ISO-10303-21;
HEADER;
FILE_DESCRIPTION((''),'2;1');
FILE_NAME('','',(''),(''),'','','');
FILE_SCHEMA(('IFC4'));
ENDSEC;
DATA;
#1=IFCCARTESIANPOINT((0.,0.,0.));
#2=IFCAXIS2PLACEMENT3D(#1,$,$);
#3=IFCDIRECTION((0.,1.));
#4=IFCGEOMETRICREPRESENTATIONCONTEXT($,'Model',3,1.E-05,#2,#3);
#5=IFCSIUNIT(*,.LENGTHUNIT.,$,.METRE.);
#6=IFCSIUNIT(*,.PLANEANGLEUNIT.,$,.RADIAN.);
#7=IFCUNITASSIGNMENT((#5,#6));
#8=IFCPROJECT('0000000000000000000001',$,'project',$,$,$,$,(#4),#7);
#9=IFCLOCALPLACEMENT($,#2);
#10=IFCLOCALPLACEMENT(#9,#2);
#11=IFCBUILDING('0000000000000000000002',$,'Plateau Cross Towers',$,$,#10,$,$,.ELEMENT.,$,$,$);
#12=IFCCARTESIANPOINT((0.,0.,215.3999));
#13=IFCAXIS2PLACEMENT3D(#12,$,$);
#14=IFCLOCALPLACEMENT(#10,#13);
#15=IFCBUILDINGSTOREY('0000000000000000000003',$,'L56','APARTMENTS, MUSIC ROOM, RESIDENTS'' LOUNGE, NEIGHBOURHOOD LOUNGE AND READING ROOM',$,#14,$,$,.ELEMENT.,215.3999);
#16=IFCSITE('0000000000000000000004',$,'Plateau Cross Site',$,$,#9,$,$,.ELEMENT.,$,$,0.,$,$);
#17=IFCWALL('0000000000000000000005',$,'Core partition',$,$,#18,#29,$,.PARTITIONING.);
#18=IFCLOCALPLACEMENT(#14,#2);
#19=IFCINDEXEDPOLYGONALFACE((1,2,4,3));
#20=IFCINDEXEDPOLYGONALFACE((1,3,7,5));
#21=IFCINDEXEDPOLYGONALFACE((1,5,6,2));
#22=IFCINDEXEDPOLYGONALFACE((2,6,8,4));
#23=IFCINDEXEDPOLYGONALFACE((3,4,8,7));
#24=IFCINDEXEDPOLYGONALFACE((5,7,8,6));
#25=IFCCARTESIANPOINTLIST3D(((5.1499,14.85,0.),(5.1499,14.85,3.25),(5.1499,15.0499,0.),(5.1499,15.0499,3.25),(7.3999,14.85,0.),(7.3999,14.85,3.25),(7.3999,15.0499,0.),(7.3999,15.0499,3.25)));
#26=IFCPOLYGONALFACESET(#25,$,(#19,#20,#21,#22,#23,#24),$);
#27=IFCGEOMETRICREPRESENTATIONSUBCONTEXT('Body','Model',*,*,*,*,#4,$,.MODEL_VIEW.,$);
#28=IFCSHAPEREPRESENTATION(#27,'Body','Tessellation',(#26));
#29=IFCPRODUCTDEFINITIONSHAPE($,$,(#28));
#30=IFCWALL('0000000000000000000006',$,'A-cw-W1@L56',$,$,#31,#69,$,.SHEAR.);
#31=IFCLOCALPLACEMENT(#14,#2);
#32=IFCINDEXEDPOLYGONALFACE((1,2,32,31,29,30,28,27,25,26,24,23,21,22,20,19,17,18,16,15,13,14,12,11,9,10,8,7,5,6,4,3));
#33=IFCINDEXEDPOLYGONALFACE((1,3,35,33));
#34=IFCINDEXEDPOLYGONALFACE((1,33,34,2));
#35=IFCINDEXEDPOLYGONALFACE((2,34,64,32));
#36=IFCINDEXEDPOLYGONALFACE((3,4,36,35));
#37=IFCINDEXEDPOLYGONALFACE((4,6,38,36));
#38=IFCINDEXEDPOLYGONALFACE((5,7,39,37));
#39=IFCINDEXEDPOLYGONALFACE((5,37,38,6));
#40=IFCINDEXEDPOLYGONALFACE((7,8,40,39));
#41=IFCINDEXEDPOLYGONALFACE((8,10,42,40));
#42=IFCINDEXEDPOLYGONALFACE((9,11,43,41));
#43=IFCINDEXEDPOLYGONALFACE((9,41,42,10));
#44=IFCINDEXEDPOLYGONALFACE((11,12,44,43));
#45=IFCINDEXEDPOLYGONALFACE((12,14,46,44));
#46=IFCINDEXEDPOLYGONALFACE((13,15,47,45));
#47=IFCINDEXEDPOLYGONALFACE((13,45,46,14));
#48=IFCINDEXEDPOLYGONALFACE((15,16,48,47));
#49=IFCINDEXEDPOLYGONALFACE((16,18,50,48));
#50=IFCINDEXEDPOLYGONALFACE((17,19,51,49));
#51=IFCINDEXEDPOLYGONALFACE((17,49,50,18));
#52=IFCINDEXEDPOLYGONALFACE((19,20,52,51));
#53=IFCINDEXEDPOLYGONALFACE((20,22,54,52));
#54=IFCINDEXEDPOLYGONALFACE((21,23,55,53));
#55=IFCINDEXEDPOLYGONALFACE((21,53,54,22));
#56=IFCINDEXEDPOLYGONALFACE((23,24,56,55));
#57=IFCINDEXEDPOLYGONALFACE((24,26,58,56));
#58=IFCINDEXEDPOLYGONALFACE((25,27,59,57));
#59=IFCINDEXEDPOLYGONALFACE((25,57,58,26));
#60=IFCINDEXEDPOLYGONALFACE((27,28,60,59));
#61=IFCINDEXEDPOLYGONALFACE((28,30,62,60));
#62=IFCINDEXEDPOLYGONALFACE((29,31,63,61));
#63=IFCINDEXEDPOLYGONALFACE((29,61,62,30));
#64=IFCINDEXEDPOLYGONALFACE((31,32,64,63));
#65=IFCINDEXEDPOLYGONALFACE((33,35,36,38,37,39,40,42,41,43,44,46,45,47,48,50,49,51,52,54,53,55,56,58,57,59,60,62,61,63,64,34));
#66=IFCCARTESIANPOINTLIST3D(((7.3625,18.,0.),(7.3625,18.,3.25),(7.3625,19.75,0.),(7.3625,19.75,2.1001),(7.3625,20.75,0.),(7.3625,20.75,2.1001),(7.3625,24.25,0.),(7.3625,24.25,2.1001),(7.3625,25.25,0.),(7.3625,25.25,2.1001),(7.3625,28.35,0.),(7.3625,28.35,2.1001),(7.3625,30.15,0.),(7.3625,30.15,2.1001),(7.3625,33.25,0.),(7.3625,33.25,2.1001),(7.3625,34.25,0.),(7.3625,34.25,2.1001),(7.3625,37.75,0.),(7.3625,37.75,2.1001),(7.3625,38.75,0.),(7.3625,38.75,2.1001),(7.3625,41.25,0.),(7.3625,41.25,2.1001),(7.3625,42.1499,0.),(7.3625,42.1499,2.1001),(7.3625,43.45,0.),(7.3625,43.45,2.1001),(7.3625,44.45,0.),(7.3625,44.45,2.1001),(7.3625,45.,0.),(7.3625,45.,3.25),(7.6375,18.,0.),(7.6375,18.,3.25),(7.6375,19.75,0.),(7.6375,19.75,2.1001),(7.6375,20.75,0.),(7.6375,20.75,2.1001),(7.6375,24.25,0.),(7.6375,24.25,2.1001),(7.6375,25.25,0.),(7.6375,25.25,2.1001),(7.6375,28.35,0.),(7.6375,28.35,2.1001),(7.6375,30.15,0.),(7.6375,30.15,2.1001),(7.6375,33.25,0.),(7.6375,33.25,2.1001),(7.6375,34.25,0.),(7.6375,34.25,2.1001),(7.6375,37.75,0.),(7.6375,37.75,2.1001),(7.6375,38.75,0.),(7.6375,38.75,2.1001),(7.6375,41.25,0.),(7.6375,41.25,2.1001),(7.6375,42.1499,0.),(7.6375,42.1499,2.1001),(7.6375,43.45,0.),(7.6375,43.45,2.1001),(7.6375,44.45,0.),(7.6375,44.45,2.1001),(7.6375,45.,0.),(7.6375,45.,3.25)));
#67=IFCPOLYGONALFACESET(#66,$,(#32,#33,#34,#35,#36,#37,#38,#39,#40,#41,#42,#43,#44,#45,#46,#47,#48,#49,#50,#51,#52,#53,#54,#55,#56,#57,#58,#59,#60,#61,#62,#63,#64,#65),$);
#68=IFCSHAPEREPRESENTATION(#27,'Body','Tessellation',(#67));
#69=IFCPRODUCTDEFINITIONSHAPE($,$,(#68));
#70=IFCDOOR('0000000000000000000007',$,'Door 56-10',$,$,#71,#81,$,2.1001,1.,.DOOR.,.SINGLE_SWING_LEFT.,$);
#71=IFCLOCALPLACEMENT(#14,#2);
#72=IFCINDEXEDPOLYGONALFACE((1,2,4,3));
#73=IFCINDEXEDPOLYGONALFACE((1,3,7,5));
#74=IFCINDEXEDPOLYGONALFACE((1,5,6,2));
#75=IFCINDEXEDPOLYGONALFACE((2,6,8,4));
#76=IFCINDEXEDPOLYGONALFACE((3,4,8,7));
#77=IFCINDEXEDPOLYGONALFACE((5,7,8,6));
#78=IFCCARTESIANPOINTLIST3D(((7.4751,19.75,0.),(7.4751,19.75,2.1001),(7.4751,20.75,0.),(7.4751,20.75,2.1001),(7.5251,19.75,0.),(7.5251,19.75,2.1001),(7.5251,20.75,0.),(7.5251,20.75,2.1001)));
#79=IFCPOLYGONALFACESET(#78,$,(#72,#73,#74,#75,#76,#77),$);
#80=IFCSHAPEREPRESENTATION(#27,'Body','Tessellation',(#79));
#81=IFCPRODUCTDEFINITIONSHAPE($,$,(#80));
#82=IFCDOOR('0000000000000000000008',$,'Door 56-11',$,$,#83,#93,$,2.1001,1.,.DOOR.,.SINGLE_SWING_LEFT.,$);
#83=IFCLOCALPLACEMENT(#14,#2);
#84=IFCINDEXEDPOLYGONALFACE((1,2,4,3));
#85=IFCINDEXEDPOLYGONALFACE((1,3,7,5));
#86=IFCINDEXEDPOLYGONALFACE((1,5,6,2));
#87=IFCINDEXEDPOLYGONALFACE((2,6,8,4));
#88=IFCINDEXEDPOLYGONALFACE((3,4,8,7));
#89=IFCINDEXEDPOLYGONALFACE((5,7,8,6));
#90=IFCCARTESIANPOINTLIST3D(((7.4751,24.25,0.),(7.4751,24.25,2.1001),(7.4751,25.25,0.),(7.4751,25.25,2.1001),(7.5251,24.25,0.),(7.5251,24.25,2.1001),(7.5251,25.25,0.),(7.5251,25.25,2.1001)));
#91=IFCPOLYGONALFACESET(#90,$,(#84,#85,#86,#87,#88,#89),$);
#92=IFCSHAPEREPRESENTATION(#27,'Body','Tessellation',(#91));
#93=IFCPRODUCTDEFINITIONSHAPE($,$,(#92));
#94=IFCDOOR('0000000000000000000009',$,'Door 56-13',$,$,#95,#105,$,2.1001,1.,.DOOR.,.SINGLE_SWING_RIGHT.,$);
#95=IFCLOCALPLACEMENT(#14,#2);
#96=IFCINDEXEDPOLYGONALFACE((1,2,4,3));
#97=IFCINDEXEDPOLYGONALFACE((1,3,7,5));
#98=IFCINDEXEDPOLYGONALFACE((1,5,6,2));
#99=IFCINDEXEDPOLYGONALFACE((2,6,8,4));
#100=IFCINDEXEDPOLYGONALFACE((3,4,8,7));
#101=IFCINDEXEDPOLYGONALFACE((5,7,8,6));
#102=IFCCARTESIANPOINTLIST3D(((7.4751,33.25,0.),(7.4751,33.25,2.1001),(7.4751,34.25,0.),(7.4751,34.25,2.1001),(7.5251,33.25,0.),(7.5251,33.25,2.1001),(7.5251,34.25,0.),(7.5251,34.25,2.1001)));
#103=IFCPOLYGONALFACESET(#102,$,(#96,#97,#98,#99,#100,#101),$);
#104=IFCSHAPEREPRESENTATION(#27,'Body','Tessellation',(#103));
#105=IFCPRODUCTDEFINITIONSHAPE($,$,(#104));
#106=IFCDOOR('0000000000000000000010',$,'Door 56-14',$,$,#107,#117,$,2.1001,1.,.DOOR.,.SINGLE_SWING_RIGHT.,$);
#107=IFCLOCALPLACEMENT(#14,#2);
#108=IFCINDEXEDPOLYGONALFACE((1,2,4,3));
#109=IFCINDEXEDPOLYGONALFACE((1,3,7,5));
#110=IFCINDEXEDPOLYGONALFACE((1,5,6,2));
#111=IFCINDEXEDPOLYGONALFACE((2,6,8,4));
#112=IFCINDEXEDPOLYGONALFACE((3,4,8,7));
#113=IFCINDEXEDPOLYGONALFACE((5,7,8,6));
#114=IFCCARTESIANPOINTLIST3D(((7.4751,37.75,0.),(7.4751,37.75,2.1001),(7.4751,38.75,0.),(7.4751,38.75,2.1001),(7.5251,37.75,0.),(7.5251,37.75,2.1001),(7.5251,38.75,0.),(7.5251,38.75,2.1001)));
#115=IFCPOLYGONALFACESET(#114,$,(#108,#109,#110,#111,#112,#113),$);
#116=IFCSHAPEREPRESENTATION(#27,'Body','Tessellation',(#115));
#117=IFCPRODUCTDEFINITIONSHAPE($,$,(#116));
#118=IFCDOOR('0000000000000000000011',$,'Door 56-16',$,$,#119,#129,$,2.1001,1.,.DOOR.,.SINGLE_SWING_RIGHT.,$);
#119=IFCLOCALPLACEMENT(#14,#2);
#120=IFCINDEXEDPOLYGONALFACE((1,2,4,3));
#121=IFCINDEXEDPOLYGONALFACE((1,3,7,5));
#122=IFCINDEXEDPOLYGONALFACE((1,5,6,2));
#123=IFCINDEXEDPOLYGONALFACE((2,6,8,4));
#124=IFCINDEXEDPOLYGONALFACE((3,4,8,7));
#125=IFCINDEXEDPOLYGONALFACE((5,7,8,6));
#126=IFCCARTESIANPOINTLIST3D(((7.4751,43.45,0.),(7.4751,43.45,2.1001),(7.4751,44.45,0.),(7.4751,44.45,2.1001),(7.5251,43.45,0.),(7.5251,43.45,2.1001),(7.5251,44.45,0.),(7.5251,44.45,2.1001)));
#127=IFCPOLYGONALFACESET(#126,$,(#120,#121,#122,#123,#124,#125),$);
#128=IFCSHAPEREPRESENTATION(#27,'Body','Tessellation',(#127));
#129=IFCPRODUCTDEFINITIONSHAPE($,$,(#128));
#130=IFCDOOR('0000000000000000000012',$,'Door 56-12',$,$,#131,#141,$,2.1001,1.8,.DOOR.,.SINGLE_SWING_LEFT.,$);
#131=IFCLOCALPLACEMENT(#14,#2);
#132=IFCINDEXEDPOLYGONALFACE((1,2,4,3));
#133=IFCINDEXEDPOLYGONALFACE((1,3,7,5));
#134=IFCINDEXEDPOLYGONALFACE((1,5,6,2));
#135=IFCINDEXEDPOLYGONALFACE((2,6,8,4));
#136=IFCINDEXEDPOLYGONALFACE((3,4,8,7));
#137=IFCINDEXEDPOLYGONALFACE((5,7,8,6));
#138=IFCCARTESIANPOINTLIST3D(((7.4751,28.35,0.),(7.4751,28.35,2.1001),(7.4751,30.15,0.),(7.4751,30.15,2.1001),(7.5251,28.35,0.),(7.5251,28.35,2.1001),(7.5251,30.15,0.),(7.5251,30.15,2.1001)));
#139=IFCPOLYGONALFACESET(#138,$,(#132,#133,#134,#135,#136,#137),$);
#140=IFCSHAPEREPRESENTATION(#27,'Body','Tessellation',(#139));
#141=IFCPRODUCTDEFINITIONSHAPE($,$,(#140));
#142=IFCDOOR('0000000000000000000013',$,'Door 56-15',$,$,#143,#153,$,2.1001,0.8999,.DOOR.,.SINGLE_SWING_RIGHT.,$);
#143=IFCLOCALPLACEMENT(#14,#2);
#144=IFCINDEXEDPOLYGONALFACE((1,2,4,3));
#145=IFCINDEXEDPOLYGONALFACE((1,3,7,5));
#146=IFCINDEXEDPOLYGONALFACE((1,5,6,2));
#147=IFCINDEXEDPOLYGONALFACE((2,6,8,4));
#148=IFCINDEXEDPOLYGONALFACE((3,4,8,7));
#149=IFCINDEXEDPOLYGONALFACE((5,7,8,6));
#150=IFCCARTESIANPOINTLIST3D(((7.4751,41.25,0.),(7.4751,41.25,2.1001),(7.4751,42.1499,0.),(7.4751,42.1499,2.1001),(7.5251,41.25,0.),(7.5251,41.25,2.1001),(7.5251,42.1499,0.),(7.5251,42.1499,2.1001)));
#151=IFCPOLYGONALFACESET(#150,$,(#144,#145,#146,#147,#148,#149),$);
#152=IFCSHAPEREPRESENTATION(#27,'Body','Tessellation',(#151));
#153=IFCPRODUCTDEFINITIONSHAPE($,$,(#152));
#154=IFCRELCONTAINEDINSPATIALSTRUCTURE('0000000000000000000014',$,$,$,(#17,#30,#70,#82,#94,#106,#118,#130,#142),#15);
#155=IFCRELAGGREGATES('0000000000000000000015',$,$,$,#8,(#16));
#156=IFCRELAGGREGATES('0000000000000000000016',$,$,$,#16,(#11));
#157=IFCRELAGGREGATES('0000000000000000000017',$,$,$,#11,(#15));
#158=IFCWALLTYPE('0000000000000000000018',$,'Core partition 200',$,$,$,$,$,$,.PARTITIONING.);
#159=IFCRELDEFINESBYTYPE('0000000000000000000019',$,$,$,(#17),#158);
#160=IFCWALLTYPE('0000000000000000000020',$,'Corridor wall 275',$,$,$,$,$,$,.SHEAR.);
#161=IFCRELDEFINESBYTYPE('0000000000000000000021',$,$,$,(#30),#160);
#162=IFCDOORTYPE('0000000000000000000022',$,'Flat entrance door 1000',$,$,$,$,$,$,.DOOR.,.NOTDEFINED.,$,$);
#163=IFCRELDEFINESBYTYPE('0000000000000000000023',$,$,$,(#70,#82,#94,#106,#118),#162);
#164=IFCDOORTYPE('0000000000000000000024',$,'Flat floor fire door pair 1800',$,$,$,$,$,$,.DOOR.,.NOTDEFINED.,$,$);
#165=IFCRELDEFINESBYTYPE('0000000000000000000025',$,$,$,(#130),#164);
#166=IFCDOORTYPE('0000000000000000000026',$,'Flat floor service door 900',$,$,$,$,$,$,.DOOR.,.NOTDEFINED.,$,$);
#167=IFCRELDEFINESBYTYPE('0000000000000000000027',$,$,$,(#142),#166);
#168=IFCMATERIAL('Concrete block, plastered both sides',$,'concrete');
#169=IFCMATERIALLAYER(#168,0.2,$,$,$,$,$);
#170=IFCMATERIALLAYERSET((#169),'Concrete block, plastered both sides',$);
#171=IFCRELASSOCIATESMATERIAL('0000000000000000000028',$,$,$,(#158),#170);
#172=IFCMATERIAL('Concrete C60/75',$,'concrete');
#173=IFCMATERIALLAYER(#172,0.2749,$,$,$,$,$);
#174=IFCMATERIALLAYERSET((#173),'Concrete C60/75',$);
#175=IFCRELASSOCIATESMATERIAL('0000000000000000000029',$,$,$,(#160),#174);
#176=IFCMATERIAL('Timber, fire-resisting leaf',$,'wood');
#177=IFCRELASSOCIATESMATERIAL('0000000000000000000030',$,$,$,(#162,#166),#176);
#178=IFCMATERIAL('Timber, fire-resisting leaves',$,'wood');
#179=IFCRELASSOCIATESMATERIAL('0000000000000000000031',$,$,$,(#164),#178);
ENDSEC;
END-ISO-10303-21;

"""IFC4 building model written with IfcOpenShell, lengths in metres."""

from ifc_helpers import new_model, si_unit, direction, frame, frame_2d, origin, place, context, subcontext, project, spatial, rectangle, extrude, material, layer, layer_set, type_object, element, fill, save


model = new_model("IFC4")

# Units and contexts
model_context = context("Model", 3, precision=1e-05, world=origin(), true_north=direction((0.0, 1.0)))
body_context = subcontext(model_context, "Body", "Model", "MODEL_VIEW")
ifc_project = project(units=[si_unit("LENGTHUNIT", "METRE"), si_unit("PLANEANGLEUNIT", "RADIAN")], contexts=[model_context])

# Site, building, storey
site_placement = place(None, origin())
site = spatial("IfcSite", under=ifc_project, at=site_placement, Name="Plateau Cross Site", CompositionType="ELEMENT", RefElevation=0.0)
building_placement = place(site_placement, origin())
building = spatial("IfcBuilding", under=site, at=building_placement, Name="Plateau Cross Towers", CompositionType="ELEMENT")
storey_placement = place(building_placement, frame((0.0, 0.0, 215.3999)))
storey = spatial("IfcBuildingStorey", under=building, at=storey_placement, Name="L56", Description="APARTMENTS, MUSIC ROOM, RESIDENTS' LOUNGE, NEIGHBOURHOOD LOUNGE AND READING ROOM", CompositionType="ELEMENT", Elevation=215.3999)

# Wall
ifc_material_1 = material(Name="Concrete block, plastered both sides", Category="concrete")
ifc_layer_1 = layer(ifc_material_1, 0.2)
ifc_layer_set_1 = layer_set([ifc_layer_1], Name="Concrete block, plastered both sides")
wall_type_1 = type_object("IfcWallType", Name="Core partition 200", PredefinedType="PARTITIONING", material=ifc_layer_set_1)
wall_1_placement = place(storey_placement, frame((5.1499, 14.95, 0.0), z_axis=(0.0, 0.0, 1.0), x_axis=(1.0, 0.0, 0.0)))
element("IfcWall", 1, at=wall_1_placement, inside=storey, type_object=wall_type_1, Name="Core partition", PredefinedType="PARTITIONING", context=body_context, shape_type="SweptSolid", body=[
    extrude(rectangle(XDim=2.25, YDim=0.2, at=frame_2d((1.125, 0.0))), origin(), (0.0, 0.0, 1.0), 3.25),
])

# Wall, openings, doors
ifc_material_2 = material(Name="Concrete C60/75", Category="concrete")
ifc_layer_2 = layer(ifc_material_2, 0.2749)
ifc_layer_set_2 = layer_set([ifc_layer_2], Name="Concrete C60/75")
wall_type_2 = type_object("IfcWallType", Name="Corridor wall 275", PredefinedType="SHEAR", material=ifc_layer_set_2)
wall_2_placement = place(storey_placement, frame((7.5, 18.0, 0.0), z_axis=(0.0, 0.0, 1.0), x_axis=(0.0, 1.0, 0.0)))
wall_2 = element("IfcWall", 2, at=wall_2_placement, inside=storey, type_object=wall_type_2, Name="A-cw-W1@L56", PredefinedType="SHEAR", context=body_context, shape_type="SweptSolid", body=[
    extrude(rectangle(XDim=27.0, YDim=0.2749, at=frame_2d((13.5, 0.0))), origin(), (0.0, 0.0, 1.0), 3.25),
])
opening_1_placement = place(wall_2_placement, frame((1.75, 0.0, 0.0)))
opening_1 = element("IfcOpeningElement", 3, at=opening_1_placement, cuts=wall_2, PredefinedType="OPENING", context=body_context, shape_type="SweptSolid", body=[
    extrude(rectangle(XDim=1.0, YDim=2.1001, at=frame_2d((0.5, 1.05))), frame((0.0, 0.1475, 0.0), z_axis=(0.0, -1.0, 0.0), x_axis=(1.0, 0.0, 0.0)), (0.0, 0.0, 1.0), 0.2949),
])
opening_2_placement = place(wall_2_placement, frame((6.25, 0.0, 0.0)))
opening_2 = element("IfcOpeningElement", 4, at=opening_2_placement, cuts=wall_2, PredefinedType="OPENING", context=body_context, shape_type="SweptSolid", body=[
    extrude(rectangle(XDim=1.0, YDim=2.1001, at=frame_2d((0.5, 1.05))), frame((0.0, 0.1475, 0.0), z_axis=(0.0, -1.0, 0.0), x_axis=(1.0, 0.0, 0.0)), (0.0, 0.0, 1.0), 0.2949),
])
opening_3_placement = place(wall_2_placement, frame((10.3501, 0.0, 0.0)))
opening_3 = element("IfcOpeningElement", 5, at=opening_3_placement, cuts=wall_2, PredefinedType="OPENING", context=body_context, shape_type="SweptSolid", body=[
    extrude(rectangle(XDim=1.8, YDim=2.1001, at=frame_2d((0.8999, 1.05))), frame((0.0, 0.1475, 0.0), z_axis=(0.0, -1.0, 0.0), x_axis=(1.0, 0.0, 0.0)), (0.0, 0.0, 1.0), 0.2949),
])
opening_4_placement = place(wall_2_placement, frame((15.25, 0.0, 0.0)))
opening_4 = element("IfcOpeningElement", 6, at=opening_4_placement, cuts=wall_2, PredefinedType="OPENING", context=body_context, shape_type="SweptSolid", body=[
    extrude(rectangle(XDim=1.0, YDim=2.1001, at=frame_2d((0.5, 1.05))), frame((0.0, 0.1475, 0.0), z_axis=(0.0, -1.0, 0.0), x_axis=(1.0, 0.0, 0.0)), (0.0, 0.0, 1.0), 0.2949),
])
opening_5_placement = place(wall_2_placement, frame((19.75, 0.0, 0.0)))
opening_5 = element("IfcOpeningElement", 7, at=opening_5_placement, cuts=wall_2, PredefinedType="OPENING", context=body_context, shape_type="SweptSolid", body=[
    extrude(rectangle(XDim=1.0, YDim=2.1001, at=frame_2d((0.5, 1.05))), frame((0.0, 0.1475, 0.0), z_axis=(0.0, -1.0, 0.0), x_axis=(1.0, 0.0, 0.0)), (0.0, 0.0, 1.0), 0.2949),
])
opening_6_placement = place(wall_2_placement, frame((23.25, 0.0, 0.0)))
opening_6 = element("IfcOpeningElement", 8, at=opening_6_placement, cuts=wall_2, PredefinedType="OPENING", context=body_context, shape_type="SweptSolid", body=[
    extrude(rectangle(XDim=0.8999, YDim=2.1001, at=frame_2d((0.45, 1.05))), frame((0.0, 0.1475, 0.0), z_axis=(0.0, -1.0, 0.0), x_axis=(1.0, 0.0, 0.0)), (0.0, 0.0, 1.0), 0.2949),
])
opening_7_placement = place(wall_2_placement, frame((25.45, 0.0, 0.0)))
opening_7 = element("IfcOpeningElement", 9, at=opening_7_placement, cuts=wall_2, PredefinedType="OPENING", context=body_context, shape_type="SweptSolid", body=[
    extrude(rectangle(XDim=1.0, YDim=2.1001, at=frame_2d((0.5, 1.05))), frame((0.0, 0.1475, 0.0), z_axis=(0.0, -1.0, 0.0), x_axis=(1.0, 0.0, 0.0)), (0.0, 0.0, 1.0), 0.2949),
])
ifc_material_3 = material(Name="Timber, fire-resisting leaf", Category="wood")
door_type_1 = type_object("IfcDoorType", Name="Flat entrance door 1000", OperationType="NOTDEFINED", PredefinedType="DOOR", material=ifc_material_3)
door_1_placement = place(opening_1_placement, origin())
door_1 = element("IfcDoor", 10, at=door_1_placement, inside=storey, type_object=door_type_1, Name="Door 56-10", OperationType="SINGLE_SWING_LEFT", OverallHeight=2.1001, OverallWidth=1.0, PredefinedType="DOOR", context=body_context, shape_type="SweptSolid", body=[
    extrude(rectangle(XDim=1.0, YDim=2.1001, at=frame_2d((0.5, 1.05))), frame((0.0, 0.0249, 0.0), z_axis=(0.0, -1.0, 0.0), x_axis=(1.0, 0.0, 0.0)), (0.0, 0.0, 1.0), 0.05),
])
fill(opening_1, door_1)
door_2_placement = place(opening_2_placement, origin())
door_2 = element("IfcDoor", 11, at=door_2_placement, inside=storey, type_object=door_type_1, Name="Door 56-11", OperationType="SINGLE_SWING_LEFT", OverallHeight=2.1001, OverallWidth=1.0, PredefinedType="DOOR", context=body_context, shape_type="SweptSolid", body=[
    extrude(rectangle(XDim=1.0, YDim=2.1001, at=frame_2d((0.5, 1.05))), frame((0.0, 0.0249, 0.0), z_axis=(0.0, -1.0, 0.0), x_axis=(1.0, 0.0, 0.0)), (0.0, 0.0, 1.0), 0.05),
])
fill(opening_2, door_2)
door_3_placement = place(opening_4_placement, origin())
door_3 = element("IfcDoor", 12, at=door_3_placement, inside=storey, type_object=door_type_1, Name="Door 56-13", OperationType="SINGLE_SWING_RIGHT", OverallHeight=2.1001, OverallWidth=1.0, PredefinedType="DOOR", context=body_context, shape_type="SweptSolid", body=[
    extrude(rectangle(XDim=1.0, YDim=2.1001, at=frame_2d((0.5, 1.05))), frame((0.0, 0.0249, 0.0), z_axis=(0.0, -1.0, 0.0), x_axis=(1.0, 0.0, 0.0)), (0.0, 0.0, 1.0), 0.05),
])
fill(opening_4, door_3)
door_4_placement = place(opening_5_placement, origin())
door_4 = element("IfcDoor", 13, at=door_4_placement, inside=storey, type_object=door_type_1, Name="Door 56-14", OperationType="SINGLE_SWING_RIGHT", OverallHeight=2.1001, OverallWidth=1.0, PredefinedType="DOOR", context=body_context, shape_type="SweptSolid", body=[
    extrude(rectangle(XDim=1.0, YDim=2.1001, at=frame_2d((0.5, 1.05))), frame((0.0, 0.0249, 0.0), z_axis=(0.0, -1.0, 0.0), x_axis=(1.0, 0.0, 0.0)), (0.0, 0.0, 1.0), 0.05),
])
fill(opening_5, door_4)
door_5_placement = place(opening_7_placement, origin())
door_5 = element("IfcDoor", 14, at=door_5_placement, inside=storey, type_object=door_type_1, Name="Door 56-16", OperationType="SINGLE_SWING_RIGHT", OverallHeight=2.1001, OverallWidth=1.0, PredefinedType="DOOR", context=body_context, shape_type="SweptSolid", body=[
    extrude(rectangle(XDim=1.0, YDim=2.1001, at=frame_2d((0.5, 1.05))), frame((0.0, 0.0249, 0.0), z_axis=(0.0, -1.0, 0.0), x_axis=(1.0, 0.0, 0.0)), (0.0, 0.0, 1.0), 0.05),
])
fill(opening_7, door_5)
ifc_material_4 = material(Name="Timber, fire-resisting leaves", Category="wood")
door_type_2 = type_object("IfcDoorType", Name="Flat floor fire door pair 1800", OperationType="NOTDEFINED", PredefinedType="DOOR", material=ifc_material_4)
door_6_placement = place(opening_3_placement, origin())
door_6 = element("IfcDoor", 15, at=door_6_placement, inside=storey, type_object=door_type_2, Name="Door 56-12", OperationType="SINGLE_SWING_LEFT", OverallHeight=2.1001, OverallWidth=1.8, PredefinedType="DOOR", context=body_context, shape_type="SweptSolid", body=[
    extrude(rectangle(XDim=1.8, YDim=2.1001, at=frame_2d((0.8999, 1.05))), frame((0.0, 0.0249, 0.0), z_axis=(0.0, -1.0, 0.0), x_axis=(1.0, 0.0, 0.0)), (0.0, 0.0, 1.0), 0.05),
])
fill(opening_3, door_6)
door_type_3 = type_object("IfcDoorType", Name="Flat floor service door 900", OperationType="NOTDEFINED", PredefinedType="DOOR", material=ifc_material_3)
door_7_placement = place(opening_6_placement, origin())
door_7 = element("IfcDoor", 16, at=door_7_placement, inside=storey, type_object=door_type_3, Name="Door 56-15", OperationType="SINGLE_SWING_RIGHT", OverallHeight=2.1001, OverallWidth=0.8999, PredefinedType="DOOR", context=body_context, shape_type="SweptSolid", body=[
    extrude(rectangle(XDim=0.8999, YDim=2.1001, at=frame_2d((0.45, 1.05))), frame((0.0, 0.0249, 0.0), z_axis=(0.0, -1.0, 0.0), x_axis=(1.0, 0.0, 0.0)), (0.0, 0.0, 1.0), 0.05),
])
fill(opening_6, door_7)

save(model, "model.ifc")
